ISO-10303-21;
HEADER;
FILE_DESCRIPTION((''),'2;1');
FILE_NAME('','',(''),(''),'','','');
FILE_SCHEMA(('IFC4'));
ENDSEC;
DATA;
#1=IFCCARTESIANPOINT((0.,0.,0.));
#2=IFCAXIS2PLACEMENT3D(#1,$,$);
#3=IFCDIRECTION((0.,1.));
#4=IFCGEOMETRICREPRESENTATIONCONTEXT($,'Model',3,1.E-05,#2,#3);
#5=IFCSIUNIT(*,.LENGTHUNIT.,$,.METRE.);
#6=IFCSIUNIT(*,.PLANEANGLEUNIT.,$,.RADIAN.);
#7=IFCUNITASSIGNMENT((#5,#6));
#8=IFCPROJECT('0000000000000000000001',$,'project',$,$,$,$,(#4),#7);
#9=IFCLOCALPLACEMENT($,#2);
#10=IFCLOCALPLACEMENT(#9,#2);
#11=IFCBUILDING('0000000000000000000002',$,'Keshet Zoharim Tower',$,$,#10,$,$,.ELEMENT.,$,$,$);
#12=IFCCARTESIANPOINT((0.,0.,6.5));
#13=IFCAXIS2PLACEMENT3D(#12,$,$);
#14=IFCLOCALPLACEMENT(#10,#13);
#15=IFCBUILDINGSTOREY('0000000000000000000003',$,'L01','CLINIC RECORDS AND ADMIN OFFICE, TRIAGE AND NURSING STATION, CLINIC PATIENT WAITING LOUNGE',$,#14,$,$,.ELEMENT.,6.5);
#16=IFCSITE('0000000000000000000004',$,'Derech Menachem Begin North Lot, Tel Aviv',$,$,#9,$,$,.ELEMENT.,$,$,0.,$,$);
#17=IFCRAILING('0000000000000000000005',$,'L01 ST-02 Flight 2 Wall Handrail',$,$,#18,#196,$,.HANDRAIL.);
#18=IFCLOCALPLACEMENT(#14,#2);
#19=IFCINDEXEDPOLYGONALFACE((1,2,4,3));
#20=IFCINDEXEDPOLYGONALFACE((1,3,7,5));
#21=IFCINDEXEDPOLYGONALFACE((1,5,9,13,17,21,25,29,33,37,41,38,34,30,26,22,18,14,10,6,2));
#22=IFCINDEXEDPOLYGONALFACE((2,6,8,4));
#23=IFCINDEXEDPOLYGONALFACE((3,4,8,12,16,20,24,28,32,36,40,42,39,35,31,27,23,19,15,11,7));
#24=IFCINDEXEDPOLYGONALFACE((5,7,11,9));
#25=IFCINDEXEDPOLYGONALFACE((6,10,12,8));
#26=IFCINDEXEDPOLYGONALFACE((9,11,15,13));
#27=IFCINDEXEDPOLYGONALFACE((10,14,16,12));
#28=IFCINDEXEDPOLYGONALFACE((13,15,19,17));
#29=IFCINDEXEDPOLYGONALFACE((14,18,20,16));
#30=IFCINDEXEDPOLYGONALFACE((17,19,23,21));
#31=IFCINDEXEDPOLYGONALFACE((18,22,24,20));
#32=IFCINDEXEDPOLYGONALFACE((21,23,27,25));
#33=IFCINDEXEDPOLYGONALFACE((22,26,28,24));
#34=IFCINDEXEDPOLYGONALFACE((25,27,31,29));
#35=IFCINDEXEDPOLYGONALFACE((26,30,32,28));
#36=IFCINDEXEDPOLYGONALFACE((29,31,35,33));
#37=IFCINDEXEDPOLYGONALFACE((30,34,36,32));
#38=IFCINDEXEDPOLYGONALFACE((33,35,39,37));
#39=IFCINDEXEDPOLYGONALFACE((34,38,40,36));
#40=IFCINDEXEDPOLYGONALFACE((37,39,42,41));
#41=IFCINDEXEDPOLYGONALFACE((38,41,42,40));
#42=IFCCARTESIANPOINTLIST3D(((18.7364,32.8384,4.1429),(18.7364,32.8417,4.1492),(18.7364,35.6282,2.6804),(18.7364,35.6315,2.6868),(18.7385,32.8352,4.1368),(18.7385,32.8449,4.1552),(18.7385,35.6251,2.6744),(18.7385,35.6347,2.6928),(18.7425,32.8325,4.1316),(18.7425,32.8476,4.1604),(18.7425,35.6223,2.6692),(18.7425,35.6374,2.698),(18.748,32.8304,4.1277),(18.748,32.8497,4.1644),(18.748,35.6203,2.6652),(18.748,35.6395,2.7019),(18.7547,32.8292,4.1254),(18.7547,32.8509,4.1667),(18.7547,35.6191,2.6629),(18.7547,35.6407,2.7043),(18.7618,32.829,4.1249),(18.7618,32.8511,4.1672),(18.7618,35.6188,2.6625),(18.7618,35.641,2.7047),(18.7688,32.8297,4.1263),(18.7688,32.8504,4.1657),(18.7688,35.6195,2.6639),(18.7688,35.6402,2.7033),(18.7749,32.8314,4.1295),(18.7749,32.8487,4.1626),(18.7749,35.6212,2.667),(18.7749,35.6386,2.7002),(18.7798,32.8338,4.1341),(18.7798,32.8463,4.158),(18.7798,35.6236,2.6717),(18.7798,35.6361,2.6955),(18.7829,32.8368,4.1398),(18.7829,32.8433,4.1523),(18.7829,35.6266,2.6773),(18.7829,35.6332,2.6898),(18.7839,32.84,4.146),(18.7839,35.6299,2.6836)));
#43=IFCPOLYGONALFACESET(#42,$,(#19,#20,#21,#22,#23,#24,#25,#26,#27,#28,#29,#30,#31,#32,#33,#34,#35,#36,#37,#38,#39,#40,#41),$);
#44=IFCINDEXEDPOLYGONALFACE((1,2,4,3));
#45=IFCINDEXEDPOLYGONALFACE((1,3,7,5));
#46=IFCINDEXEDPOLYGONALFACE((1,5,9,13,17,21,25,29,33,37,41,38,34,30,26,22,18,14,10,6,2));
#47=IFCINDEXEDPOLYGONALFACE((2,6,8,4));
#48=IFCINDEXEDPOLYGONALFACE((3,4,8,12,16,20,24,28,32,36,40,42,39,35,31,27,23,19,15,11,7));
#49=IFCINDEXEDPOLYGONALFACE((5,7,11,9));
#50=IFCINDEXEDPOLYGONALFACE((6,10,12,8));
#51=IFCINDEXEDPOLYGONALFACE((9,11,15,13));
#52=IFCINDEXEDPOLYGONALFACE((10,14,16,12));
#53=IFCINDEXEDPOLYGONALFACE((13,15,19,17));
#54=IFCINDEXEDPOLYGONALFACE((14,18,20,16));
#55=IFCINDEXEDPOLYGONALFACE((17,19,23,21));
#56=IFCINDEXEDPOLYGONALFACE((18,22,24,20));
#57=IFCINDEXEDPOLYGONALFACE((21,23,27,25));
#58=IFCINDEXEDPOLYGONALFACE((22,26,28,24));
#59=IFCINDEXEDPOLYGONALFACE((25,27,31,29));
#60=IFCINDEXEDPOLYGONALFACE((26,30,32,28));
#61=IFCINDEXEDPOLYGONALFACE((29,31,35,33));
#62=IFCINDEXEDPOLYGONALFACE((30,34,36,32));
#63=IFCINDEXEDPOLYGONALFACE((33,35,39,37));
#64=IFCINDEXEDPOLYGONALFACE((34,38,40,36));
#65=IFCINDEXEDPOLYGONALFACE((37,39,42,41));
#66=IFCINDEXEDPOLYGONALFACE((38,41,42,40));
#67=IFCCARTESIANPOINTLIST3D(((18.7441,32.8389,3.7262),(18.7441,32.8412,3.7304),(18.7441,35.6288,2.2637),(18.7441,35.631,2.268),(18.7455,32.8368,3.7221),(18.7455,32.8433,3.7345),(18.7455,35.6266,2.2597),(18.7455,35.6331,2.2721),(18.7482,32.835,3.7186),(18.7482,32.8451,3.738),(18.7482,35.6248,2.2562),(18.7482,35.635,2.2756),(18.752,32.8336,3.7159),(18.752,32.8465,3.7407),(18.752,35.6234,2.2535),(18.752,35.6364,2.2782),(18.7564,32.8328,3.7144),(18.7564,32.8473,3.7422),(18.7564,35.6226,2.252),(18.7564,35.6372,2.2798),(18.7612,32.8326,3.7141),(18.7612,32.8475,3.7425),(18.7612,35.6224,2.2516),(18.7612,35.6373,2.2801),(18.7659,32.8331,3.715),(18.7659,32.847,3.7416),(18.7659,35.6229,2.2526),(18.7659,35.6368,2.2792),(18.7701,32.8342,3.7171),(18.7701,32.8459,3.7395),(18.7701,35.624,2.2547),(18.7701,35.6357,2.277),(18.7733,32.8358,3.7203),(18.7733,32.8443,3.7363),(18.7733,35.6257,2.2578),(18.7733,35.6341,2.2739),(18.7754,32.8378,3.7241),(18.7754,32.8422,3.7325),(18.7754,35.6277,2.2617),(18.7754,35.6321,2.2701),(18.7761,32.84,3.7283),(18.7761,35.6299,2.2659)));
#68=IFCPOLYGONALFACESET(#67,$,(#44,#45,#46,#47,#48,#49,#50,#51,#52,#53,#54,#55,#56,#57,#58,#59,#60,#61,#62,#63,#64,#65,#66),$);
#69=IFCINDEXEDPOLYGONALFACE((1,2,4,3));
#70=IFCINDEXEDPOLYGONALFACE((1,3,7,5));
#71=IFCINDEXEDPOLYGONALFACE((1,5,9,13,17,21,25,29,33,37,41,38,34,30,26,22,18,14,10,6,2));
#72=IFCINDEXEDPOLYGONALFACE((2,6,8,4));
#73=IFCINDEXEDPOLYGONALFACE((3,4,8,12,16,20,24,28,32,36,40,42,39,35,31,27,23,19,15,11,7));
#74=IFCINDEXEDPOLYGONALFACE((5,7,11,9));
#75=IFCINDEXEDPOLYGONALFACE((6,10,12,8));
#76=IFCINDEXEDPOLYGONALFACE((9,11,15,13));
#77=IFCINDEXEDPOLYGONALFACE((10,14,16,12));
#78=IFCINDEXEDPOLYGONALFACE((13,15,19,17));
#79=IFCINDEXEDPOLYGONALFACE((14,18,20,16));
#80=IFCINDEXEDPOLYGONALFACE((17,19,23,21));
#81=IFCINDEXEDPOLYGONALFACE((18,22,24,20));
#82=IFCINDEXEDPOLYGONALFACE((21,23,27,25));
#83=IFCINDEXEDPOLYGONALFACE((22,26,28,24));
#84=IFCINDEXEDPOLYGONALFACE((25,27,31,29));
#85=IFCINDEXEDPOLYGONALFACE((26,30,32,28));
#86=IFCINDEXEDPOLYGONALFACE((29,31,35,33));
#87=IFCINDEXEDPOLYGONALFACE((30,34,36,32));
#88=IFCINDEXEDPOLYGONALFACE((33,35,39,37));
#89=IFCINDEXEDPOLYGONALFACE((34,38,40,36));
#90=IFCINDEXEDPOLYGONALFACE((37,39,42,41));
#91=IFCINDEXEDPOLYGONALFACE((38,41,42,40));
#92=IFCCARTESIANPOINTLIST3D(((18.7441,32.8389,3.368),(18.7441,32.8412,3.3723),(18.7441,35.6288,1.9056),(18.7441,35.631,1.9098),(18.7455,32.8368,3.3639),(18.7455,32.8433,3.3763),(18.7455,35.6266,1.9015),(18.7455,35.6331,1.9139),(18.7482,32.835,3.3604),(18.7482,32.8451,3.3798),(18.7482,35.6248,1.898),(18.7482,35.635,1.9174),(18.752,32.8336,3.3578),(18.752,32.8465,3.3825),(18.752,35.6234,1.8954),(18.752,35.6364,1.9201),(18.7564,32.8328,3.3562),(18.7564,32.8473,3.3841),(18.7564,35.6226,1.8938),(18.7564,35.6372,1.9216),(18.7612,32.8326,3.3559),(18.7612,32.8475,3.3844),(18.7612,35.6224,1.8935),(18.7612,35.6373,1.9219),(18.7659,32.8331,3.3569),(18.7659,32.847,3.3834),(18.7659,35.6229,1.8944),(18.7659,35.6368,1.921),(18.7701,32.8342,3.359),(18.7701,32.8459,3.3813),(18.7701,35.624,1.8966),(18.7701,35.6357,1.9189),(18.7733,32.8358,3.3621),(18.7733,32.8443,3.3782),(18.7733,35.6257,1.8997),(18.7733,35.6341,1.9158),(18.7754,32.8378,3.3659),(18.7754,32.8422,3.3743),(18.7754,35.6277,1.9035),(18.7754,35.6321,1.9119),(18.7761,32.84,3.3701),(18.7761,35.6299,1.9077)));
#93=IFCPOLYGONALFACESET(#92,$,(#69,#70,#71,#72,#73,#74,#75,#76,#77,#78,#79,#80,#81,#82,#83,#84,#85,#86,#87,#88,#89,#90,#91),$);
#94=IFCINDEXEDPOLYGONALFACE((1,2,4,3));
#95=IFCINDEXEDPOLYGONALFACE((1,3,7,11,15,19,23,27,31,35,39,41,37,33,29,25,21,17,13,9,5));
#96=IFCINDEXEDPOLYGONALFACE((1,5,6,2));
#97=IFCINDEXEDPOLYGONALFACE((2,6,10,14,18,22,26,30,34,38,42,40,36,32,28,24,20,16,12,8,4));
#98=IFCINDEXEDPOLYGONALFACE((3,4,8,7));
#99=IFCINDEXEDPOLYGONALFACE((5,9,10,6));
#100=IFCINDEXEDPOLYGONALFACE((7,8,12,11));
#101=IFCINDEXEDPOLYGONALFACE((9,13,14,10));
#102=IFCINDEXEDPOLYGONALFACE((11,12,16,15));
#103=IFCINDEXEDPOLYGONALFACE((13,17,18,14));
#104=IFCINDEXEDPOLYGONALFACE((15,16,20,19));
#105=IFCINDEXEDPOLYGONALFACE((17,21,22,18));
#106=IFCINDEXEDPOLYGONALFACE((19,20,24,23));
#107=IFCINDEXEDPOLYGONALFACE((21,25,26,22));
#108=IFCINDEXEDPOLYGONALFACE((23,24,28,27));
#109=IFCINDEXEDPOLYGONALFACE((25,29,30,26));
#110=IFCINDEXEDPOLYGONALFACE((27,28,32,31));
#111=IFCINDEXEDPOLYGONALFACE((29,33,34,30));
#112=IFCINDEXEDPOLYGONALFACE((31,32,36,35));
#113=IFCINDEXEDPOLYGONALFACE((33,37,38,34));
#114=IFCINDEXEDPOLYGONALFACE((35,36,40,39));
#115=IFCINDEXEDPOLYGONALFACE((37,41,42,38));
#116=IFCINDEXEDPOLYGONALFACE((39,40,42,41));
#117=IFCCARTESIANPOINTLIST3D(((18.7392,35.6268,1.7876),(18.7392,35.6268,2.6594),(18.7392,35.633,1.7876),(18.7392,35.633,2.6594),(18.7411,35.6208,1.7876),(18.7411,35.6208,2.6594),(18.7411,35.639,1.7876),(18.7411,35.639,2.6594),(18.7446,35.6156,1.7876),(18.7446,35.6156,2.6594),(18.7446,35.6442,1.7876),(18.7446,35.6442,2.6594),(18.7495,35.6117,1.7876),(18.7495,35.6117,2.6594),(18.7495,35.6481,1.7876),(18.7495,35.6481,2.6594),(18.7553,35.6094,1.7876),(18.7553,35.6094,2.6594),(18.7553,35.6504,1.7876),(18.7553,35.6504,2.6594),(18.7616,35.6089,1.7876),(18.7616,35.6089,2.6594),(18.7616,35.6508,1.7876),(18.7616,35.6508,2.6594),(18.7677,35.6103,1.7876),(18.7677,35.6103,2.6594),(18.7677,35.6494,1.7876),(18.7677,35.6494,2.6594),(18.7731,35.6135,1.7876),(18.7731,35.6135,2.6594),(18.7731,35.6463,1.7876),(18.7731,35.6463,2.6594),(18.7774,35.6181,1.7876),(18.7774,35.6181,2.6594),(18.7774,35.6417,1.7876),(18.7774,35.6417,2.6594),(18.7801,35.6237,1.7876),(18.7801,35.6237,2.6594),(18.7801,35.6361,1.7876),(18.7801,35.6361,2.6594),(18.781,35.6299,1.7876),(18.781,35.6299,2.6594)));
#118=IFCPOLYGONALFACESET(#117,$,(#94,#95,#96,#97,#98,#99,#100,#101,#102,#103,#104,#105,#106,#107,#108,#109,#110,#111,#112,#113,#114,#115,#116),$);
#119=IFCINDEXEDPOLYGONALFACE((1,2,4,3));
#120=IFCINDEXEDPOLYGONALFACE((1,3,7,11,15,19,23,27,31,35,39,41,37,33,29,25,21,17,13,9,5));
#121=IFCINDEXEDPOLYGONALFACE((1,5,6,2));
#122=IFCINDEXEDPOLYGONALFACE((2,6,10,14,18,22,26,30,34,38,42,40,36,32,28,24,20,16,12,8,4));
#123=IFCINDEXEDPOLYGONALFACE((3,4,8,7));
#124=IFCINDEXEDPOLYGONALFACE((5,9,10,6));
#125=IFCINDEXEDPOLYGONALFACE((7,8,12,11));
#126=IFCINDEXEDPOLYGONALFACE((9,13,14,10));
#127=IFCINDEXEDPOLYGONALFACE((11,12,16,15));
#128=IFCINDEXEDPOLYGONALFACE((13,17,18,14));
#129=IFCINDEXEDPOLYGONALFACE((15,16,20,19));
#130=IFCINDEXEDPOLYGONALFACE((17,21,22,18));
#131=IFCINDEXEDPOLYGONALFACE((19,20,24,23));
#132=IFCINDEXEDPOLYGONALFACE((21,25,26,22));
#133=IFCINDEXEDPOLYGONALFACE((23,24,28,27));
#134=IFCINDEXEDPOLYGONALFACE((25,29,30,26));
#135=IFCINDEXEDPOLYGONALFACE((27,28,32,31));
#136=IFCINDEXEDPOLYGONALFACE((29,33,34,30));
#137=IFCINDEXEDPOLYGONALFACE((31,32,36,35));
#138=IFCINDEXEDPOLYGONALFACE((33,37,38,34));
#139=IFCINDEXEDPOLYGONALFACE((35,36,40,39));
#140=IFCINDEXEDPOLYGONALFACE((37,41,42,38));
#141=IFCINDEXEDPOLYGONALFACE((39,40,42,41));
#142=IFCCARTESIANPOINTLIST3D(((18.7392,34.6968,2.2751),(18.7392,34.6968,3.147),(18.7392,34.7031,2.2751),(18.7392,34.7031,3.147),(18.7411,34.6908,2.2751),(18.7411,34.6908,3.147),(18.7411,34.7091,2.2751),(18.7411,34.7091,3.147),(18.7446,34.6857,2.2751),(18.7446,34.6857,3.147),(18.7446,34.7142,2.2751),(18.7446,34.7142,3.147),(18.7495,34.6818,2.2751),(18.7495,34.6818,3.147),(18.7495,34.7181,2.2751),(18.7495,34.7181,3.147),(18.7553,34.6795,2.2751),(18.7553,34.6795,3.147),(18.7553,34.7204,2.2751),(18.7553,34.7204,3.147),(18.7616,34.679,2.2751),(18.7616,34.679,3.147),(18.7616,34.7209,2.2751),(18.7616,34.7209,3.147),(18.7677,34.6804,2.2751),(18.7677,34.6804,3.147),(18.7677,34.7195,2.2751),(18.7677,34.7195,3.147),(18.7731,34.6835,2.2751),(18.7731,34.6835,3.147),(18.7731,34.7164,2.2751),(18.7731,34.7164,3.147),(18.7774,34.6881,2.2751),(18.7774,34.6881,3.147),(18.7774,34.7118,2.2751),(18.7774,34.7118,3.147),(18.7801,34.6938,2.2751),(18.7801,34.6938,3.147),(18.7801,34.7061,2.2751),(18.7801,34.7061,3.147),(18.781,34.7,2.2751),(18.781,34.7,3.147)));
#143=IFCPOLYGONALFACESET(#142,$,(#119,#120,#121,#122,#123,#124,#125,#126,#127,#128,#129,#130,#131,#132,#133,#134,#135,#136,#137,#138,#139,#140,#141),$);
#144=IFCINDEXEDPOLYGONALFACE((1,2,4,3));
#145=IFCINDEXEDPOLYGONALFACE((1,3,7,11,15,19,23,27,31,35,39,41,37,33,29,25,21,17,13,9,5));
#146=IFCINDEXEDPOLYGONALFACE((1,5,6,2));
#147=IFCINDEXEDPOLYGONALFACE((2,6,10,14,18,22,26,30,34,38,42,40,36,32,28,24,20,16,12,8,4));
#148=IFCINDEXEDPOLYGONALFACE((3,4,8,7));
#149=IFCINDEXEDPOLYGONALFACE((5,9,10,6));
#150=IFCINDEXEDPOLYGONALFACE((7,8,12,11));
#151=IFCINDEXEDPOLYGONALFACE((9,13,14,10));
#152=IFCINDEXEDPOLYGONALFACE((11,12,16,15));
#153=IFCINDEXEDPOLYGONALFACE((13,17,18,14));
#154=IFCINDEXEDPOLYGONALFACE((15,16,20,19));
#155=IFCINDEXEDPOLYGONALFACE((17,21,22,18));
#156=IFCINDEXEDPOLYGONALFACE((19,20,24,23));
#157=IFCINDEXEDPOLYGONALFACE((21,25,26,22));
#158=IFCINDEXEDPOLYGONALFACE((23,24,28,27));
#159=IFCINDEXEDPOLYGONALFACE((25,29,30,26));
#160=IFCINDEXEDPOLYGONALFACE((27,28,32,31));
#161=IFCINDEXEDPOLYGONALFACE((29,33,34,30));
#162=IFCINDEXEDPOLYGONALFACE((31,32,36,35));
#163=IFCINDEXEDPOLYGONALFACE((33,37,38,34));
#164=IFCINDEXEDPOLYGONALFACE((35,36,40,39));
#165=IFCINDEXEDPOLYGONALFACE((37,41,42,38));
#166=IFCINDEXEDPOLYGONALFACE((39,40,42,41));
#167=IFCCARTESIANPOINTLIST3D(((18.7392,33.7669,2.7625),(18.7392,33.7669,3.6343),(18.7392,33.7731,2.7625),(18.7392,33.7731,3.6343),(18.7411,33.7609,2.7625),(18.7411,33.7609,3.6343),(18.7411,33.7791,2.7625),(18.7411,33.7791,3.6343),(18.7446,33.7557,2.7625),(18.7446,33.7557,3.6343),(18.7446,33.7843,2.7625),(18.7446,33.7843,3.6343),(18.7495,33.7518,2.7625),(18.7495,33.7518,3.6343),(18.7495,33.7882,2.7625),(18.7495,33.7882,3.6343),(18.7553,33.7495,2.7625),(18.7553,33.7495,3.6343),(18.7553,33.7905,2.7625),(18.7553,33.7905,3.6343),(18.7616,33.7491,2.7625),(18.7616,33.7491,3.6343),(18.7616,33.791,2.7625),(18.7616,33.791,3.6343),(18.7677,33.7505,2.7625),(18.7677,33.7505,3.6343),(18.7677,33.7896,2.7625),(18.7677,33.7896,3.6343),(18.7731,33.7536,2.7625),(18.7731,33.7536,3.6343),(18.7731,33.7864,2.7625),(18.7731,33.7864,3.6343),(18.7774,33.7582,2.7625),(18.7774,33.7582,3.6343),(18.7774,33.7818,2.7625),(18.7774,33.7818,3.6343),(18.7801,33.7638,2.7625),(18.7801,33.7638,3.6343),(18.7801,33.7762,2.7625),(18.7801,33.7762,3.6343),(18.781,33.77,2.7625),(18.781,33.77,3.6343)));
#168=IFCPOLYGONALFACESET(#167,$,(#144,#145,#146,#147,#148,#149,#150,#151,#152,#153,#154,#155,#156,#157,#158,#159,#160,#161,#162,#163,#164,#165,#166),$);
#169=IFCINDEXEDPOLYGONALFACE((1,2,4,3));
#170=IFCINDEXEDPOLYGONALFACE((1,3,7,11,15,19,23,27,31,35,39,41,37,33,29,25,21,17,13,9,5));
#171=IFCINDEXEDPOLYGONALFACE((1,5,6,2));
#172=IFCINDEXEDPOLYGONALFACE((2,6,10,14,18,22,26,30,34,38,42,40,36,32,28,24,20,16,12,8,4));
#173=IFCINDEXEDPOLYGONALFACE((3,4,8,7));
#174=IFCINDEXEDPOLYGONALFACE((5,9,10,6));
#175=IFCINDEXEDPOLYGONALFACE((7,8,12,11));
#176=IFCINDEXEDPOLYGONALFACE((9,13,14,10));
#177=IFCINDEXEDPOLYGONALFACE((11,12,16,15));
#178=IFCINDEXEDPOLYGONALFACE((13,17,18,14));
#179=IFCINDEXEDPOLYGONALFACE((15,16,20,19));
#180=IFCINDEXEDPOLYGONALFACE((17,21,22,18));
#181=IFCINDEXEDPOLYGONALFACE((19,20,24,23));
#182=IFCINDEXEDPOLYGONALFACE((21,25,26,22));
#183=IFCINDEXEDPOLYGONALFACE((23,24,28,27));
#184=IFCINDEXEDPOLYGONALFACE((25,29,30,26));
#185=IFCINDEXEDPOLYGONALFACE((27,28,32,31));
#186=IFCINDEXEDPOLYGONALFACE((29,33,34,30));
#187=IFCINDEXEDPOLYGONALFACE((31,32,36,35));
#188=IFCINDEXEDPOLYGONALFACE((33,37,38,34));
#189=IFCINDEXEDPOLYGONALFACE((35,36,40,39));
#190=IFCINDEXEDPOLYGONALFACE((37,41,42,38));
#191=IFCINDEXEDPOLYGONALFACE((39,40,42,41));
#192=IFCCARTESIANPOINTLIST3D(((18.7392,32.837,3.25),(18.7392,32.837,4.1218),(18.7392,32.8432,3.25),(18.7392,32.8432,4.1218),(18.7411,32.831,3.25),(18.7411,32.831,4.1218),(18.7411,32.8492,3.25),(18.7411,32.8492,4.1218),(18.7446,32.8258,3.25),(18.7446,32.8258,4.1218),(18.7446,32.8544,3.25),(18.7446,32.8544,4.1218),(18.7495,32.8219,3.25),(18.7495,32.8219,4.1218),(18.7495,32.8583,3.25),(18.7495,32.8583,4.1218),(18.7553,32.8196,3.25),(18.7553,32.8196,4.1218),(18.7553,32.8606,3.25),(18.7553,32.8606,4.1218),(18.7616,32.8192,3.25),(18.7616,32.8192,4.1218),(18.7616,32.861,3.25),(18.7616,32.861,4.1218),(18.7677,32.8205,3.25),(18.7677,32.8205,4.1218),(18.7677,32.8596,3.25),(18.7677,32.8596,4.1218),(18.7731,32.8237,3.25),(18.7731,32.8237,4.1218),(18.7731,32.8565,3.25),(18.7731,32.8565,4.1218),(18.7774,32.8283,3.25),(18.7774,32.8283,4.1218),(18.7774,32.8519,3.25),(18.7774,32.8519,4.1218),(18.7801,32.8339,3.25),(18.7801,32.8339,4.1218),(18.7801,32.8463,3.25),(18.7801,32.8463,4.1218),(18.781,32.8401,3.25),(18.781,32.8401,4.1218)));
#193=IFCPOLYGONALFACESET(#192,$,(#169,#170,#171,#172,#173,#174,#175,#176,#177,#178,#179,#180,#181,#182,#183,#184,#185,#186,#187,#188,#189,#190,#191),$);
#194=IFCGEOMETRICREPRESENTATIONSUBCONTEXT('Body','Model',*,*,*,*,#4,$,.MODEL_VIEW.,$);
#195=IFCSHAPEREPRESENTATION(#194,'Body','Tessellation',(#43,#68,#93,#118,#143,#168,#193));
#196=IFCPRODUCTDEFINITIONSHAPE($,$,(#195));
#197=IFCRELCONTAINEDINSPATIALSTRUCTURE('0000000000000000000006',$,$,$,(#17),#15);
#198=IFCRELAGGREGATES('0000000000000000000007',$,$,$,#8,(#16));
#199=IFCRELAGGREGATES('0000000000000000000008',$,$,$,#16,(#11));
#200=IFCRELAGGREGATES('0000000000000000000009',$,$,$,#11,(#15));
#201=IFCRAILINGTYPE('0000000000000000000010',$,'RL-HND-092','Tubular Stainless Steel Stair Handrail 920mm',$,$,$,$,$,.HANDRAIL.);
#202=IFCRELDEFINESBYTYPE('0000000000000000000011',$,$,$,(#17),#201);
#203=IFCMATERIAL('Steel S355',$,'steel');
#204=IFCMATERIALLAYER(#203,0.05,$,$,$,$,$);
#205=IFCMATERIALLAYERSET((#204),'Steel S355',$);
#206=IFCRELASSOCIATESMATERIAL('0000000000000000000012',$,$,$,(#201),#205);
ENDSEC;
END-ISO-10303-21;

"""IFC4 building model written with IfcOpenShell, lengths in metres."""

from ifc_helpers import new_model, si_unit, direction, frame, origin, origin_2d, place, context, subcontext, project, spatial, circle, extrude, material, layer, layer_set, type_object, element, save


model = new_model("IFC4")

# Units and contexts
model_context = context("Model", 3, precision=1e-05, world=origin(), true_north=direction((0.0, 1.0)))
body_context = subcontext(model_context, "Body", "Model", "MODEL_VIEW")
ifc_project = project(units=[si_unit("LENGTHUNIT", "METRE"), si_unit("PLANEANGLEUNIT", "RADIAN")], contexts=[model_context])

# Site, building, storey
site_placement = place(None, origin())
site = spatial("IfcSite", under=ifc_project, at=site_placement, Name="Derech Menachem Begin North Lot, Tel Aviv", CompositionType="ELEMENT", RefElevation=0.0)
building_placement = place(site_placement, origin())
building = spatial("IfcBuilding", under=site, at=building_placement, Name="Keshet Zoharim Tower", CompositionType="ELEMENT")
storey_placement = place(building_placement, frame((0.0, 0.0, 6.5)))
storey = spatial("IfcBuildingStorey", under=building, at=storey_placement, Name="L01", Description="CLINIC RECORDS AND ADMIN OFFICE, TRIAGE AND NURSING STATION, CLINIC PATIENT WAITING LOUNGE", CompositionType="ELEMENT", Elevation=6.5)

# Shared definitions
ifc_material_1 = material(Name="Steel S355", Category="steel")

# Railing
ifc_layer_1 = layer(ifc_material_1, 0.05)
ifc_layer_set_1 = layer_set([ifc_layer_1], Name="Steel S355")
railing_type = type_object("IfcRailingType", Name="RL-HND-092", Description="Tubular Stainless Steel Stair Handrail 920mm", PredefinedType="HANDRAIL", material=ifc_layer_set_1)
for number, where, name in (
    (1, (18.76, 35.6299, 1.7876), "L01 ST-02 Flight 2 Wall Handrail"),
):
    element("IfcRailing", number, at=place(storey_placement, frame(where)), inside=storey, type_object=railing_type, Name=name, PredefinedType="HANDRAIL", context=body_context, shape_type="SweptSolid", body=[
        extrude(circle(Radius=0.0239, at=origin_2d()), frame((0.0, 0.0, 0.896), z_axis=(0.0, -0.88569, 0.464276), x_axis=(1.0, 0.0, 0.0)), (0.0, 0.0, 1.0), 3.1499),
        extrude(circle(Radius=0.0161, at=origin_2d()), frame((0.0, 0.0, 0.4783), z_axis=(0.0, -0.88569, 0.464276), x_axis=(1.0, 0.0, 0.0)), (0.0, 0.0, 1.0), 3.1499),
        extrude(circle(Radius=0.0161, at=origin_2d()), frame((0.0, 0.0, 0.1201), z_axis=(0.0, -0.88569, 0.464276), x_axis=(1.0, 0.0, 0.0)), (0.0, 0.0, 1.0), 3.1499),
        extrude(circle(Radius=0.021, at=origin_2d()), origin(), (0.0, 0.0, 1.0), 0.8718),
        extrude(circle(Radius=0.021, at=origin_2d()), frame((0.0, -0.9299, 0.4875)), (0.0, 0.0, 1.0), 0.8718),
        extrude(circle(Radius=0.021, at=origin_2d()), frame((0.0, -1.8599, 0.9749)), (0.0, 0.0, 1.0), 0.8718),
        extrude(circle(Radius=0.021, at=origin_2d()), frame((0.0, -2.7898, 1.4624)), (0.0, 0.0, 1.0), 0.8718),
    ])

save(model, "model.ifc")
